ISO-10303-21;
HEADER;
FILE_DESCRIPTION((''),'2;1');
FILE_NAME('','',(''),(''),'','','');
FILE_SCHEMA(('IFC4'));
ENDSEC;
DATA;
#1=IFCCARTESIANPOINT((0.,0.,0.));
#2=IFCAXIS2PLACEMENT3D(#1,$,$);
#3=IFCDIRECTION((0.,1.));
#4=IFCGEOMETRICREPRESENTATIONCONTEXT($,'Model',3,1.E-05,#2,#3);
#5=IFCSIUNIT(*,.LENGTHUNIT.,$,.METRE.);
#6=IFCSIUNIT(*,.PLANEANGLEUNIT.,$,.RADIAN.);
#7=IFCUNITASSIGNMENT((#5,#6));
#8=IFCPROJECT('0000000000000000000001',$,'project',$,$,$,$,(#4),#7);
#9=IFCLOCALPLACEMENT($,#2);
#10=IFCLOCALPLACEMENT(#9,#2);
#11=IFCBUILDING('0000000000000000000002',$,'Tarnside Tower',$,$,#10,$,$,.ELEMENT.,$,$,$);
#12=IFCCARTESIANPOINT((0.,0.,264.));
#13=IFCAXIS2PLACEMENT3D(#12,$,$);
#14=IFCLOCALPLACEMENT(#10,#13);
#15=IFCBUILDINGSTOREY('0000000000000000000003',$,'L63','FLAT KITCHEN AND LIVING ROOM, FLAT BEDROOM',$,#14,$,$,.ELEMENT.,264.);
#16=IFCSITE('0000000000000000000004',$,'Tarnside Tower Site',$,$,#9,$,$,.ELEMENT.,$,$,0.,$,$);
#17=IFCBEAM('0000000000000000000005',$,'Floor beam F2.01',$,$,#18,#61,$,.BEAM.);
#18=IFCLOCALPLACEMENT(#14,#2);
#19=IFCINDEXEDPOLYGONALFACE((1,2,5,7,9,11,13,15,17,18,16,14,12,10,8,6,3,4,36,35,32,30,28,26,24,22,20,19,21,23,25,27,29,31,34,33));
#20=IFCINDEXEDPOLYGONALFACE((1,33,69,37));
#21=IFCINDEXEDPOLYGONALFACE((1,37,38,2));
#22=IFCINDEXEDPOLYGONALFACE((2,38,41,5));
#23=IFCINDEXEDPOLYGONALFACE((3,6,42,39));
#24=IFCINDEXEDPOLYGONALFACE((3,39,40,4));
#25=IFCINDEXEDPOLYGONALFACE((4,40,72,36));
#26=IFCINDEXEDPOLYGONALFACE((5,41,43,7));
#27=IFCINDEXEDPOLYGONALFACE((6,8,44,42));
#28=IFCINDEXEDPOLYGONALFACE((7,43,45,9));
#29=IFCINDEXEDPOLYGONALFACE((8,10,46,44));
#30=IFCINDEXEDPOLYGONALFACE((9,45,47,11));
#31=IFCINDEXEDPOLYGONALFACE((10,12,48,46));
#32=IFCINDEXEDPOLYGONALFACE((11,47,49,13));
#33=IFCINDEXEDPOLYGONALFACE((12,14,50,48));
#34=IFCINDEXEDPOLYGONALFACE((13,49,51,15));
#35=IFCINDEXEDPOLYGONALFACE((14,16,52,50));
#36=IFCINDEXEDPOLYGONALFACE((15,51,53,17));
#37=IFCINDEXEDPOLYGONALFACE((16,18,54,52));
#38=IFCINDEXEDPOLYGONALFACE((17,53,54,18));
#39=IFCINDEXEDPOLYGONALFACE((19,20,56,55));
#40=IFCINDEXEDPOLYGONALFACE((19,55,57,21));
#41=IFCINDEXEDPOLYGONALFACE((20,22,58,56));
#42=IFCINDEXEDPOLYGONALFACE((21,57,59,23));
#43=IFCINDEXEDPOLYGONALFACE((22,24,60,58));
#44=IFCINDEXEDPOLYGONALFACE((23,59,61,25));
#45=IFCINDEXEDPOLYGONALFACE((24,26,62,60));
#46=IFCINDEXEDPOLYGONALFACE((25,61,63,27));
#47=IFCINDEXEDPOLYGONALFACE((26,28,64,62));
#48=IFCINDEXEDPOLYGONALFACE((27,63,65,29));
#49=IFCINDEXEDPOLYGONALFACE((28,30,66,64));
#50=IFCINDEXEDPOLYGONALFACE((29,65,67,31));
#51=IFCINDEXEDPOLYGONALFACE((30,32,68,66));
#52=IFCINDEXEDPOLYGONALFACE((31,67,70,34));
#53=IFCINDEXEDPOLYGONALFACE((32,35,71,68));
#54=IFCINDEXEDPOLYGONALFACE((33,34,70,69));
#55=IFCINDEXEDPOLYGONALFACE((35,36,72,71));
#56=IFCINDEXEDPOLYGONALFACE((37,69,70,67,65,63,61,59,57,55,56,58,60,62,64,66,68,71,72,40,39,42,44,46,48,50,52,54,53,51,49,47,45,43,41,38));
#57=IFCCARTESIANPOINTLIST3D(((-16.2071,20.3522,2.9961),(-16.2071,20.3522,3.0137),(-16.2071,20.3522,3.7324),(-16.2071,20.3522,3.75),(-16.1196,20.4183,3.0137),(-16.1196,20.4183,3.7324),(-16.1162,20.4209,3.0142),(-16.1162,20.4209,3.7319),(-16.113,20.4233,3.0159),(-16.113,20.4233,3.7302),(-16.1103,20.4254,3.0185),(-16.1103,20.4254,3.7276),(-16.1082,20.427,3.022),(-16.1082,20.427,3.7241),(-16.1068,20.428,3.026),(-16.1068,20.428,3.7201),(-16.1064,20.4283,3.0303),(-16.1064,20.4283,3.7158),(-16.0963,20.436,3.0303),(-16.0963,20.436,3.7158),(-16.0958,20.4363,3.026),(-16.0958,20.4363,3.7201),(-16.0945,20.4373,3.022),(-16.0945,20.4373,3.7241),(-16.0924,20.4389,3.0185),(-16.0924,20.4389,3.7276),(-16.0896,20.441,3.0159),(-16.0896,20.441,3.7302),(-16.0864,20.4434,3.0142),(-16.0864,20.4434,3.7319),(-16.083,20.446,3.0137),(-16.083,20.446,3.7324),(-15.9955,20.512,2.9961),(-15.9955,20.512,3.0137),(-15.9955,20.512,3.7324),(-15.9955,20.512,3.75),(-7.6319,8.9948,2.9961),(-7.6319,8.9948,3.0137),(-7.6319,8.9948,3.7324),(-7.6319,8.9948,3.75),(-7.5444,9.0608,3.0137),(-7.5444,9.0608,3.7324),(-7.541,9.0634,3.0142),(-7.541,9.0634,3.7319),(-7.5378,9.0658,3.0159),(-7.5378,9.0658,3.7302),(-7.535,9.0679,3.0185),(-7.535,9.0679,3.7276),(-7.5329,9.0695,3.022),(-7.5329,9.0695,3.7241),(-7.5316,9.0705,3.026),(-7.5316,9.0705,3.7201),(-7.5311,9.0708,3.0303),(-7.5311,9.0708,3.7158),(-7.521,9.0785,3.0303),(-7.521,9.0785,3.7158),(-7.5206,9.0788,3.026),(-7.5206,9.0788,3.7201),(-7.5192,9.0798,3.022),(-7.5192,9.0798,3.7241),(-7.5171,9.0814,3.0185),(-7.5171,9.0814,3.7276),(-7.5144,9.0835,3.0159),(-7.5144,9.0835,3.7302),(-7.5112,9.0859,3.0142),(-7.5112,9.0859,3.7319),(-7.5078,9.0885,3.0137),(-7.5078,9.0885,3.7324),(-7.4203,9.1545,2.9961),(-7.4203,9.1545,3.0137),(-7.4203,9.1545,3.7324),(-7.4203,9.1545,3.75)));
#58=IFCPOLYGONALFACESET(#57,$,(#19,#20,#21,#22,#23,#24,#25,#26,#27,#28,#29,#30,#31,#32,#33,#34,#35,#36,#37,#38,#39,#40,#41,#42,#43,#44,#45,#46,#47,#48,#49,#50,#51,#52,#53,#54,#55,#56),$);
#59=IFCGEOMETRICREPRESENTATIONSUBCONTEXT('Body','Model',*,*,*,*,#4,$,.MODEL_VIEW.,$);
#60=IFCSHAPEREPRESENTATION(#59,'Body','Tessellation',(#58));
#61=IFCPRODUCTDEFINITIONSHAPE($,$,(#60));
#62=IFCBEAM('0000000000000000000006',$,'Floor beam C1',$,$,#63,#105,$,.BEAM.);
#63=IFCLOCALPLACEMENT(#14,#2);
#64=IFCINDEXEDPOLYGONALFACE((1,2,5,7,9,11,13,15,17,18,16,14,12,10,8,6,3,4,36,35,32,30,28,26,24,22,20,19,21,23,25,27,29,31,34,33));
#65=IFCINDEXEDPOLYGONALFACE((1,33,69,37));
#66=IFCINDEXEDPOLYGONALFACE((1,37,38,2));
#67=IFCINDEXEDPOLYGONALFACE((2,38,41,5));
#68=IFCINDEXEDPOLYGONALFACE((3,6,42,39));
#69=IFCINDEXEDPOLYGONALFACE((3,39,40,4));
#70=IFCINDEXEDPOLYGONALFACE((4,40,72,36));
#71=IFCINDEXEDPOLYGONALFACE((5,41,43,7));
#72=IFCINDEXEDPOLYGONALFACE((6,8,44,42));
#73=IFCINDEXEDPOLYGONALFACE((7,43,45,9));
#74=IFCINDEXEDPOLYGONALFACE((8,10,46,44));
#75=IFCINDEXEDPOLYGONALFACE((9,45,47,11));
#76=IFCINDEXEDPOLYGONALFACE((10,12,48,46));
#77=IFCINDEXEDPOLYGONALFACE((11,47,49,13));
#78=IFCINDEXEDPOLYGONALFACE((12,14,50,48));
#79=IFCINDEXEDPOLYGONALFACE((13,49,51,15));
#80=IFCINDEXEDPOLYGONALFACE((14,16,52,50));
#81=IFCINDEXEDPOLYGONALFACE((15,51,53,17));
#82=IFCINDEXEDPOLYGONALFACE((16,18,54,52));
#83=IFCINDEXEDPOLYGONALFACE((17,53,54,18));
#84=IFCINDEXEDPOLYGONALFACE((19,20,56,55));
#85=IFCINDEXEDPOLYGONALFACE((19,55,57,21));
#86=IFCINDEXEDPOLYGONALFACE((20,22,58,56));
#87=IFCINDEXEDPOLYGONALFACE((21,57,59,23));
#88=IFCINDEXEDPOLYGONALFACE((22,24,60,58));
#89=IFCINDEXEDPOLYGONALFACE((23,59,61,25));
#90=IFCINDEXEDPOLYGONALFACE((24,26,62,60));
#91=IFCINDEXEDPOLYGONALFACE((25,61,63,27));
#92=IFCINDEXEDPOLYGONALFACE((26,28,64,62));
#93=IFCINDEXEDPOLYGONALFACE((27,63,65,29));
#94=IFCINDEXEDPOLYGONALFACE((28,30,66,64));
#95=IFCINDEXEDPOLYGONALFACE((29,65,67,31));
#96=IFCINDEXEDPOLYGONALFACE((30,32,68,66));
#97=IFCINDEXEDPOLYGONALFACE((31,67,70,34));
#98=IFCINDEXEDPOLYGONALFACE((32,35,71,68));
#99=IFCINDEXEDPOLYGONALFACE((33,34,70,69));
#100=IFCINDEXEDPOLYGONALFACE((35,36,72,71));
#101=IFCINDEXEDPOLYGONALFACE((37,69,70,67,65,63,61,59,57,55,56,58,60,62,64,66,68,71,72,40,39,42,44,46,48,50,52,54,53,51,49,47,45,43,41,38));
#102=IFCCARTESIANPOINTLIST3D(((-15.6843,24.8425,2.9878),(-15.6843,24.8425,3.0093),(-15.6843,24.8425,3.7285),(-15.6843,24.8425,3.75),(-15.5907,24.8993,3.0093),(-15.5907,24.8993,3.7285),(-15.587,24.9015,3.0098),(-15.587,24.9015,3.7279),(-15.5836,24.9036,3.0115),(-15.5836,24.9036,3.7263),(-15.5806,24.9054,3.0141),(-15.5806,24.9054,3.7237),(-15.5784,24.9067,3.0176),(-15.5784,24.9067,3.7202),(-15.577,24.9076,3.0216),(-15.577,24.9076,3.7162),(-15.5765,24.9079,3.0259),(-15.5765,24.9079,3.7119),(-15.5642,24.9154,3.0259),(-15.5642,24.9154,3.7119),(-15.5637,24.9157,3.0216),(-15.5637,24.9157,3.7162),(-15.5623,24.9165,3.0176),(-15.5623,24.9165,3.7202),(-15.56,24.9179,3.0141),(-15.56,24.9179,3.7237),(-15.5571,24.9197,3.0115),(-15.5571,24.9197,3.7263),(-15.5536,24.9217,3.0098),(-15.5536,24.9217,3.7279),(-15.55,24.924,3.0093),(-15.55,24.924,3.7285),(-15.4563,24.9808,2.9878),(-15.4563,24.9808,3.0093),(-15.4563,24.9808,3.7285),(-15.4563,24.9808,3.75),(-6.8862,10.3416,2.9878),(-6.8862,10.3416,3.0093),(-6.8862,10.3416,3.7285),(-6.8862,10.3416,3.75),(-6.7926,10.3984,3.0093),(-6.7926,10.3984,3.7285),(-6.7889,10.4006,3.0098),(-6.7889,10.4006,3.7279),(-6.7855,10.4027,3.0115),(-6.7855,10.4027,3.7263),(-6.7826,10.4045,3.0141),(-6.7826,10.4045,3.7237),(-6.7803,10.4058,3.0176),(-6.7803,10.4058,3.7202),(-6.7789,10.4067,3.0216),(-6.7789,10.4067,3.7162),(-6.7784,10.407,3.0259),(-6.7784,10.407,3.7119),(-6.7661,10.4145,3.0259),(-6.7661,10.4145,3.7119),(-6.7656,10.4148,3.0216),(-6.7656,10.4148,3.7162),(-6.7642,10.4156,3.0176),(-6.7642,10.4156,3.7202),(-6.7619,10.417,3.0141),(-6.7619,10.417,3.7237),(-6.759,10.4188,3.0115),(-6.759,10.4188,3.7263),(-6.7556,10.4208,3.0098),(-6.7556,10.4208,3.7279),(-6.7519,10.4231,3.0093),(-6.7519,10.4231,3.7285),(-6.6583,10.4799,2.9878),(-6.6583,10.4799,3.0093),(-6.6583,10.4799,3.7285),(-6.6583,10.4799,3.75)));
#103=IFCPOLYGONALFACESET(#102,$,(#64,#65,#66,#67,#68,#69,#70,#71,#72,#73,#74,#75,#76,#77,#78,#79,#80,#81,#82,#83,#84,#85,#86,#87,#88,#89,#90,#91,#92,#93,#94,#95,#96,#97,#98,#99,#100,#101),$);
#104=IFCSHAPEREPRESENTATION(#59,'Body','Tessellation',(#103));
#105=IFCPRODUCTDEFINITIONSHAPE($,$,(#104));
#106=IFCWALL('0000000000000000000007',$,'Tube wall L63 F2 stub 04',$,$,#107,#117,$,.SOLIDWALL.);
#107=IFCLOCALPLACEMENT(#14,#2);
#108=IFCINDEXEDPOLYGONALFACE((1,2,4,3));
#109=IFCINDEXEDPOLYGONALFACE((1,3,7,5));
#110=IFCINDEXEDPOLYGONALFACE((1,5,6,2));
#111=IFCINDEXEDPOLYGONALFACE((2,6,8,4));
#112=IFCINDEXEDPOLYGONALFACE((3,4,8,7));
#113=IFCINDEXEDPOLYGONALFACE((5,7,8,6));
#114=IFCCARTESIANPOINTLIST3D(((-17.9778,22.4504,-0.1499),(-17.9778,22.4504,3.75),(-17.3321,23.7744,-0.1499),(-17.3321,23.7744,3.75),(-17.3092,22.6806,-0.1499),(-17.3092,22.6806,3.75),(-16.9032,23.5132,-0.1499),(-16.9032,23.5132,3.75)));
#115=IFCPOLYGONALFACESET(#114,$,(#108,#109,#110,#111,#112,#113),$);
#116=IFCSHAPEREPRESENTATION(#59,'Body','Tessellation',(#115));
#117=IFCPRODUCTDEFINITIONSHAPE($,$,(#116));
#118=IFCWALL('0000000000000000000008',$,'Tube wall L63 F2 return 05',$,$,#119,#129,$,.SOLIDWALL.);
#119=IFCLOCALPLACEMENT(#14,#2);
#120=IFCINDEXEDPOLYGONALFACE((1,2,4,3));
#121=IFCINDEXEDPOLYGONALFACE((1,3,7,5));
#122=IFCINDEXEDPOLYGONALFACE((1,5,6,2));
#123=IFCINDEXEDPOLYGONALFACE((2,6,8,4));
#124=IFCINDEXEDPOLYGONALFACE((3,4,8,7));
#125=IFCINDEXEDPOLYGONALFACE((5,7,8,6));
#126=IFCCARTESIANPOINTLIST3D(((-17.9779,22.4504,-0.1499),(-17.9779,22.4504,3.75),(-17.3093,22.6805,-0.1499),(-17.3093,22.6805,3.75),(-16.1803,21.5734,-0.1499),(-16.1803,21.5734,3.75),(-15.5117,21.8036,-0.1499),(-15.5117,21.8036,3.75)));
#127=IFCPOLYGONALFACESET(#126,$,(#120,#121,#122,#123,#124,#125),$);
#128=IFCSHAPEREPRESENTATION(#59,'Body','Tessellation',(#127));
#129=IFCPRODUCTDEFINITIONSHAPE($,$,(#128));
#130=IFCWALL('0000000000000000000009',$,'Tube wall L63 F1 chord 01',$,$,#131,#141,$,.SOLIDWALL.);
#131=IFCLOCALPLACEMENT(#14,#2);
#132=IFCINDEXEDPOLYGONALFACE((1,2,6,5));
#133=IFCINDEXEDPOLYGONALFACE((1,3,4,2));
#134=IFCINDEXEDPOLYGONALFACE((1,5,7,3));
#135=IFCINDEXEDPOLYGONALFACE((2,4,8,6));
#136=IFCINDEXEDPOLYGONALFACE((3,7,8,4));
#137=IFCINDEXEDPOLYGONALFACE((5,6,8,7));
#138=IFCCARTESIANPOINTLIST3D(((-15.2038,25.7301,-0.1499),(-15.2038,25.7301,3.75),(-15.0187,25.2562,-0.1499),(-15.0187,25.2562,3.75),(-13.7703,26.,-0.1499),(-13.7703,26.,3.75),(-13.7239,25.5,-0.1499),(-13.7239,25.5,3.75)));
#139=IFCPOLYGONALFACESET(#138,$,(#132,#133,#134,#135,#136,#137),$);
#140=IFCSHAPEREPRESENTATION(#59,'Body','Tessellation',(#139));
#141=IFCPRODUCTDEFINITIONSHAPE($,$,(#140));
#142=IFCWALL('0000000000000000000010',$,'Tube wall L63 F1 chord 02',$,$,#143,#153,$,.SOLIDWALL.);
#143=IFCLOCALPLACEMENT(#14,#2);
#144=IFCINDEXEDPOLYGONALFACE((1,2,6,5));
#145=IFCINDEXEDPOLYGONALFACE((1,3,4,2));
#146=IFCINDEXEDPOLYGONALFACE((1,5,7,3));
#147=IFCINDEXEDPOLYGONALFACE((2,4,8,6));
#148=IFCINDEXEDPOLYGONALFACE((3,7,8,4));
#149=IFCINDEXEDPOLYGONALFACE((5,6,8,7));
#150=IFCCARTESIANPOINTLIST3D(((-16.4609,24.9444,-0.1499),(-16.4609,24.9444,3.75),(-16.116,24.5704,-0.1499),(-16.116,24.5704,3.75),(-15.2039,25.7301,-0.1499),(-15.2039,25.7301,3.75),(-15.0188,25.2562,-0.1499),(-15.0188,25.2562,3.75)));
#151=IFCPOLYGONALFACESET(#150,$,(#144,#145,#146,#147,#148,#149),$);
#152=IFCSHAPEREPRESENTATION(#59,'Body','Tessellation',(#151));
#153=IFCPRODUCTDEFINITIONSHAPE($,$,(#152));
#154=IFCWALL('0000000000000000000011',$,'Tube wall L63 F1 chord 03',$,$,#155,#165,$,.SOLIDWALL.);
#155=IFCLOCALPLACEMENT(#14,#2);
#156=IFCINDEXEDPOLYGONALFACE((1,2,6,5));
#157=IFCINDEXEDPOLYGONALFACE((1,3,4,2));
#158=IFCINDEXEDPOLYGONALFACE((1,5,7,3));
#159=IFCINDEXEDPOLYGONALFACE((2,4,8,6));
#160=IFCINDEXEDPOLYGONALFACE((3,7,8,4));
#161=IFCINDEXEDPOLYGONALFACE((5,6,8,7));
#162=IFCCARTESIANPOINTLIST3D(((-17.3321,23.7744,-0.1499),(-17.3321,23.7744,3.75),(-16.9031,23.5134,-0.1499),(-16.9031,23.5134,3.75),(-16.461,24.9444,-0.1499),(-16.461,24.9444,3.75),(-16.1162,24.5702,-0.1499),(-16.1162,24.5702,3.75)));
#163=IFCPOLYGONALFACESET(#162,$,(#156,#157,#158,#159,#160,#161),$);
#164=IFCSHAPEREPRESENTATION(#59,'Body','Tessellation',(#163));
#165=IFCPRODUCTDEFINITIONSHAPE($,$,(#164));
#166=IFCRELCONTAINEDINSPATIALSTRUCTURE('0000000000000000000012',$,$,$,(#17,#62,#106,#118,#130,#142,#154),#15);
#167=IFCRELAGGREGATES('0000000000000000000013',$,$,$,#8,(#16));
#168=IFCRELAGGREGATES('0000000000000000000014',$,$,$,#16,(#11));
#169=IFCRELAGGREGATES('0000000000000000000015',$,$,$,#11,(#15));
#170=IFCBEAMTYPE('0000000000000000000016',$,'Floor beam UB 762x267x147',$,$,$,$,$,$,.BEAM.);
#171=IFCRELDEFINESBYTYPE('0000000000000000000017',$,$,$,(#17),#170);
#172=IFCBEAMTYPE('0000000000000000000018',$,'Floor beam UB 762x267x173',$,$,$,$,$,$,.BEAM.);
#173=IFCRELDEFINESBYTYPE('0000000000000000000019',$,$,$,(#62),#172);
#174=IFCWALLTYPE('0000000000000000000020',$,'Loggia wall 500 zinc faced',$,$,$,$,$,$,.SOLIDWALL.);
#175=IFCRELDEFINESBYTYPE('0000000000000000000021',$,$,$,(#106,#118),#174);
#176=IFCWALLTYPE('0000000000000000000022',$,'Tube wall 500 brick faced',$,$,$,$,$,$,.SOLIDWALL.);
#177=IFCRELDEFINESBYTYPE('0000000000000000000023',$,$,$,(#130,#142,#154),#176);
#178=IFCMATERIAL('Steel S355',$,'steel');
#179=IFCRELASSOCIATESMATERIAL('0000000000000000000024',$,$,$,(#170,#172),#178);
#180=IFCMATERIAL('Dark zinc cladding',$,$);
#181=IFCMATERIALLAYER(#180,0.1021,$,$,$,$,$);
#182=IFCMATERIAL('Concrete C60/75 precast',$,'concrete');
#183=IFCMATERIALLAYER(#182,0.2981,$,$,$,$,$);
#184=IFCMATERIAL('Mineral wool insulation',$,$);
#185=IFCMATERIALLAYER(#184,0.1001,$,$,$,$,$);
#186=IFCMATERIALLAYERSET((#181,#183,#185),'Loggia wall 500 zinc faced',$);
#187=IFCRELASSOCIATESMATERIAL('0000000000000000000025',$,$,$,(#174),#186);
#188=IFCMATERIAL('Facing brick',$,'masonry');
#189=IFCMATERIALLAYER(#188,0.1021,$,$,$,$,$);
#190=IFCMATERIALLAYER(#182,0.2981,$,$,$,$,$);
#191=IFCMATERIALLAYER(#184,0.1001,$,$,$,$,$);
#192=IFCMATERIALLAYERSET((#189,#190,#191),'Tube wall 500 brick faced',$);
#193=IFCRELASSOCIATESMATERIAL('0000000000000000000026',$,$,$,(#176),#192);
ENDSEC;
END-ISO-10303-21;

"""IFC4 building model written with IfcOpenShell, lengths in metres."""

from ifc_helpers import new_model, si_unit, direction, frame, origin, origin_2d, place, context, subcontext, project, spatial, polyline, i_section, outline, extrude, material, layer, layer_set, material_profile, profile_set, type_object, element, save


model = new_model("IFC4")

# Units and contexts
model_context = context("Model", 3, precision=1e-05, world=origin(), true_north=direction((0.0, 1.0)))
body_context = subcontext(model_context, "Body", "Model", "MODEL_VIEW")
ifc_project = project(units=[si_unit("LENGTHUNIT", "METRE"), si_unit("PLANEANGLEUNIT", "RADIAN")], contexts=[model_context])

# Site, building, storey
site_placement = place(None, origin())
site = spatial("IfcSite", under=ifc_project, at=site_placement, Name="Tarnside Tower Site", CompositionType="ELEMENT", RefElevation=0.0)
building_placement = place(site_placement, origin())
building = spatial("IfcBuilding", under=site, at=building_placement, Name="Tarnside Tower", CompositionType="ELEMENT")
storey_placement = place(building_placement, frame((0.0, 0.0, 264.0)))
storey = spatial("IfcBuildingStorey", under=building, at=storey_placement, Name="L63", Description="FLAT KITCHEN AND LIVING ROOM, FLAT BEDROOM", CompositionType="ELEMENT", Elevation=264.0)

# Beams
ifc_material_1 = material(Name="Steel S355", Category="steel")
ifc_material_profile_1 = material_profile(ifc_material_1, i_section(OverallWidth=0.2651, OverallDepth=0.7539, WebThickness=0.0127, FlangeThickness=0.0176, FilletRadius=0.0166, at=origin_2d()), Name="UB 762x267x147")
ifc_profile_set_1 = profile_set([ifc_material_profile_1], Name="Steel S355")
beam_type_1 = type_object("IfcBeamType", Name="Floor beam UB 762x267x147", PredefinedType="BEAM", material=ifc_profile_set_1)
beam_1_placement = place(storey_placement, frame((-16.1013, 20.4321, 3.373), z_axis=(0.602566, -0.798069, 0.0), x_axis=(0.798069, 0.602566, 0.0)))
element("IfcBeam", 1, at=beam_1_placement, inside=storey, type_object=beam_type_1, Name="Floor beam F2.01", PredefinedType="BEAM", context=body_context, shape_type="SweptSolid", body=[
    extrude(i_section(OverallWidth=0.2651, OverallDepth=0.7539, WebThickness=0.0127, FlangeThickness=0.0176, FilletRadius=0.0166, at=origin_2d()), origin(), (0.0, 0.0, 1.0), 14.2312),
])
ifc_material_profile_2 = material_profile(ifc_material_1, i_section(OverallWidth=0.2666, OverallDepth=0.7622, WebThickness=0.0144, FlangeThickness=0.0215, FilletRadius=0.0166, at=origin_2d()), Name="UB 762x267x173")
ifc_profile_set_2 = profile_set([ifc_material_profile_2], Name="Steel S355")
beam_type_2 = type_object("IfcBeamType", Name="Floor beam UB 762x267x173", PredefinedType="BEAM", material=ifc_profile_set_2)
beam_2_placement = place(storey_placement, frame((-15.5703, 24.9116, 3.3689), z_axis=(0.518717, -0.854946, 0.0), x_axis=(0.854946, 0.518717, 0.0)))
element("IfcBeam", 2, at=beam_2_placement, inside=storey, type_object=beam_type_2, Name="Floor beam C1", PredefinedType="BEAM", context=body_context, shape_type="SweptSolid", body=[
    extrude(i_section(OverallWidth=0.2666, OverallDepth=0.7622, WebThickness=0.0144, FlangeThickness=0.0215, FilletRadius=0.0166, at=origin_2d()), origin(), (0.0, 0.0, 1.0), 16.9612),
])

# Walls
ifc_material_2 = material(Name="Dark zinc cladding")
ifc_layer_1 = layer(ifc_material_2, 0.1021)
ifc_material_3 = material(Name="Concrete C60/75 precast", Category="concrete")
ifc_layer_2 = layer(ifc_material_3, 0.2981)
ifc_material_4 = material(Name="Mineral wool insulation")
ifc_layer_3 = layer(ifc_material_4, 0.1001)
ifc_layer_set_1 = layer_set([ifc_layer_1, ifc_layer_2, ifc_layer_3], Name="Loggia wall 500 zinc faced")
wall_type_1 = type_object("IfcWallType", Name="Loggia wall 500 zinc faced", PredefinedType="SOLIDWALL", material=ifc_layer_set_1)
wall_1_placement = place(storey_placement, frame((-17.1177, 23.6438, -0.1499), z_axis=(0.0, 0.0, 1.0), x_axis=(-0.438319, -0.898819, 0.0)))
element("IfcWall", 3, at=wall_1_placement, inside=storey, type_object=wall_type_1, Name="Tube wall L63 F2 stub 04", PredefinedType="SOLIDWALL", context=body_context, shape_type="SweptSolid", body=[
    extrude(outline(polyline([(-0.0234, -0.25), (1.4497, -0.25), (0.9497, 0.25), (0.0234, 0.25), (-0.0234, -0.25)])), origin(), (0.0, 0.0, 1.0), 3.8999),
])
wall_2_placement = place(storey_placement, frame((-17.6436, 22.5654, -0.1499), z_axis=(0.0, 0.0, 1.0), x_axis=(0.898754, -0.438452, 0.0)))
element("IfcWall", 4, at=wall_2_placement, inside=storey, type_object=wall_type_1, Name="Tube wall L63 F2 return 05", PredefinedType="SOLIDWALL", context=body_context, shape_type="SweptSolid", body=[
    extrude(outline(polyline([(-0.25, -0.25), (1.75, -0.25), (2.25, 0.25), (0.25, 0.25), (-0.25, -0.25)])), origin(), (0.0, 0.0, 1.0), 3.8999),
])

# Walls
ifc_material_5 = material(Name="Facing brick", Category="masonry")
ifc_layer_4 = layer(ifc_material_5, 0.1021)
ifc_layer_5 = layer(ifc_material_3, 0.2981)
ifc_layer_6 = layer(ifc_material_4, 0.1001)
ifc_layer_set_2 = layer_set([ifc_layer_4, ifc_layer_5, ifc_layer_6], Name="Tube wall 500 brick faced")
wall_type_2 = type_object("IfcWallType", Name="Tube wall 500 brick faced", PredefinedType="SOLIDWALL", material=ifc_layer_set_2)
wall_3_placement = place(storey_placement, frame((-13.7471, 25.75, -0.1499), z_axis=(0.0, 0.0, 1.0), x_axis=(-0.982737, -0.185011, 0.0)))
element("IfcWall", 5, at=wall_3_placement, inside=storey, type_object=wall_type_2, Name="Tube wall L63 F1 chord 01", PredefinedType="SOLIDWALL", context=body_context, shape_type="SweptSolid", body=[
    extrude(outline(polyline([(-0.0234, -0.25), (1.4353, -0.25), (1.3411, 0.25), (0.0234, 0.25), (-0.0234, -0.25)])), origin(), (0.0, 0.0, 1.0), 3.8999),
])
wall_4_placement = place(storey_placement, frame((-15.1113, 25.4932, -0.1499), z_axis=(0.0, 0.0, 1.0), x_axis=(-0.847979, -0.530031, 0.0)))
element("IfcWall", 6, at=wall_4_placement, inside=storey, type_object=wall_type_2, Name="Tube wall L63 F1 chord 02", PredefinedType="SOLIDWALL", context=body_context, shape_type="SweptSolid", body=[
    extrude(outline(polyline([(-0.0471, -0.25), (1.4353, -0.25), (1.3411, 0.25), (0.0471, 0.25), (-0.0471, -0.25)])), origin(), (0.0, 0.0, 1.0), 3.8999),
])
wall_5_placement = place(storey_placement, frame((-16.2886, 24.7573, -0.1499), z_axis=(0.0, 0.0, 1.0), x_axis=(-0.597211, -0.802084, 0.0)))
element("IfcWall", 7, at=wall_5_placement, inside=storey, type_object=wall_type_2, Name="Tube wall L63 F1 chord 03", PredefinedType="SOLIDWALL", context=body_context, shape_type="SweptSolid", body=[
    extrude(outline(polyline([(-0.0471, -0.25), (1.4116, -0.25), (1.3647, 0.25), (0.0471, 0.25), (-0.0471, -0.25)])), origin(), (0.0, 0.0, 1.0), 3.8999),
])

save(model, "model.ifc")
